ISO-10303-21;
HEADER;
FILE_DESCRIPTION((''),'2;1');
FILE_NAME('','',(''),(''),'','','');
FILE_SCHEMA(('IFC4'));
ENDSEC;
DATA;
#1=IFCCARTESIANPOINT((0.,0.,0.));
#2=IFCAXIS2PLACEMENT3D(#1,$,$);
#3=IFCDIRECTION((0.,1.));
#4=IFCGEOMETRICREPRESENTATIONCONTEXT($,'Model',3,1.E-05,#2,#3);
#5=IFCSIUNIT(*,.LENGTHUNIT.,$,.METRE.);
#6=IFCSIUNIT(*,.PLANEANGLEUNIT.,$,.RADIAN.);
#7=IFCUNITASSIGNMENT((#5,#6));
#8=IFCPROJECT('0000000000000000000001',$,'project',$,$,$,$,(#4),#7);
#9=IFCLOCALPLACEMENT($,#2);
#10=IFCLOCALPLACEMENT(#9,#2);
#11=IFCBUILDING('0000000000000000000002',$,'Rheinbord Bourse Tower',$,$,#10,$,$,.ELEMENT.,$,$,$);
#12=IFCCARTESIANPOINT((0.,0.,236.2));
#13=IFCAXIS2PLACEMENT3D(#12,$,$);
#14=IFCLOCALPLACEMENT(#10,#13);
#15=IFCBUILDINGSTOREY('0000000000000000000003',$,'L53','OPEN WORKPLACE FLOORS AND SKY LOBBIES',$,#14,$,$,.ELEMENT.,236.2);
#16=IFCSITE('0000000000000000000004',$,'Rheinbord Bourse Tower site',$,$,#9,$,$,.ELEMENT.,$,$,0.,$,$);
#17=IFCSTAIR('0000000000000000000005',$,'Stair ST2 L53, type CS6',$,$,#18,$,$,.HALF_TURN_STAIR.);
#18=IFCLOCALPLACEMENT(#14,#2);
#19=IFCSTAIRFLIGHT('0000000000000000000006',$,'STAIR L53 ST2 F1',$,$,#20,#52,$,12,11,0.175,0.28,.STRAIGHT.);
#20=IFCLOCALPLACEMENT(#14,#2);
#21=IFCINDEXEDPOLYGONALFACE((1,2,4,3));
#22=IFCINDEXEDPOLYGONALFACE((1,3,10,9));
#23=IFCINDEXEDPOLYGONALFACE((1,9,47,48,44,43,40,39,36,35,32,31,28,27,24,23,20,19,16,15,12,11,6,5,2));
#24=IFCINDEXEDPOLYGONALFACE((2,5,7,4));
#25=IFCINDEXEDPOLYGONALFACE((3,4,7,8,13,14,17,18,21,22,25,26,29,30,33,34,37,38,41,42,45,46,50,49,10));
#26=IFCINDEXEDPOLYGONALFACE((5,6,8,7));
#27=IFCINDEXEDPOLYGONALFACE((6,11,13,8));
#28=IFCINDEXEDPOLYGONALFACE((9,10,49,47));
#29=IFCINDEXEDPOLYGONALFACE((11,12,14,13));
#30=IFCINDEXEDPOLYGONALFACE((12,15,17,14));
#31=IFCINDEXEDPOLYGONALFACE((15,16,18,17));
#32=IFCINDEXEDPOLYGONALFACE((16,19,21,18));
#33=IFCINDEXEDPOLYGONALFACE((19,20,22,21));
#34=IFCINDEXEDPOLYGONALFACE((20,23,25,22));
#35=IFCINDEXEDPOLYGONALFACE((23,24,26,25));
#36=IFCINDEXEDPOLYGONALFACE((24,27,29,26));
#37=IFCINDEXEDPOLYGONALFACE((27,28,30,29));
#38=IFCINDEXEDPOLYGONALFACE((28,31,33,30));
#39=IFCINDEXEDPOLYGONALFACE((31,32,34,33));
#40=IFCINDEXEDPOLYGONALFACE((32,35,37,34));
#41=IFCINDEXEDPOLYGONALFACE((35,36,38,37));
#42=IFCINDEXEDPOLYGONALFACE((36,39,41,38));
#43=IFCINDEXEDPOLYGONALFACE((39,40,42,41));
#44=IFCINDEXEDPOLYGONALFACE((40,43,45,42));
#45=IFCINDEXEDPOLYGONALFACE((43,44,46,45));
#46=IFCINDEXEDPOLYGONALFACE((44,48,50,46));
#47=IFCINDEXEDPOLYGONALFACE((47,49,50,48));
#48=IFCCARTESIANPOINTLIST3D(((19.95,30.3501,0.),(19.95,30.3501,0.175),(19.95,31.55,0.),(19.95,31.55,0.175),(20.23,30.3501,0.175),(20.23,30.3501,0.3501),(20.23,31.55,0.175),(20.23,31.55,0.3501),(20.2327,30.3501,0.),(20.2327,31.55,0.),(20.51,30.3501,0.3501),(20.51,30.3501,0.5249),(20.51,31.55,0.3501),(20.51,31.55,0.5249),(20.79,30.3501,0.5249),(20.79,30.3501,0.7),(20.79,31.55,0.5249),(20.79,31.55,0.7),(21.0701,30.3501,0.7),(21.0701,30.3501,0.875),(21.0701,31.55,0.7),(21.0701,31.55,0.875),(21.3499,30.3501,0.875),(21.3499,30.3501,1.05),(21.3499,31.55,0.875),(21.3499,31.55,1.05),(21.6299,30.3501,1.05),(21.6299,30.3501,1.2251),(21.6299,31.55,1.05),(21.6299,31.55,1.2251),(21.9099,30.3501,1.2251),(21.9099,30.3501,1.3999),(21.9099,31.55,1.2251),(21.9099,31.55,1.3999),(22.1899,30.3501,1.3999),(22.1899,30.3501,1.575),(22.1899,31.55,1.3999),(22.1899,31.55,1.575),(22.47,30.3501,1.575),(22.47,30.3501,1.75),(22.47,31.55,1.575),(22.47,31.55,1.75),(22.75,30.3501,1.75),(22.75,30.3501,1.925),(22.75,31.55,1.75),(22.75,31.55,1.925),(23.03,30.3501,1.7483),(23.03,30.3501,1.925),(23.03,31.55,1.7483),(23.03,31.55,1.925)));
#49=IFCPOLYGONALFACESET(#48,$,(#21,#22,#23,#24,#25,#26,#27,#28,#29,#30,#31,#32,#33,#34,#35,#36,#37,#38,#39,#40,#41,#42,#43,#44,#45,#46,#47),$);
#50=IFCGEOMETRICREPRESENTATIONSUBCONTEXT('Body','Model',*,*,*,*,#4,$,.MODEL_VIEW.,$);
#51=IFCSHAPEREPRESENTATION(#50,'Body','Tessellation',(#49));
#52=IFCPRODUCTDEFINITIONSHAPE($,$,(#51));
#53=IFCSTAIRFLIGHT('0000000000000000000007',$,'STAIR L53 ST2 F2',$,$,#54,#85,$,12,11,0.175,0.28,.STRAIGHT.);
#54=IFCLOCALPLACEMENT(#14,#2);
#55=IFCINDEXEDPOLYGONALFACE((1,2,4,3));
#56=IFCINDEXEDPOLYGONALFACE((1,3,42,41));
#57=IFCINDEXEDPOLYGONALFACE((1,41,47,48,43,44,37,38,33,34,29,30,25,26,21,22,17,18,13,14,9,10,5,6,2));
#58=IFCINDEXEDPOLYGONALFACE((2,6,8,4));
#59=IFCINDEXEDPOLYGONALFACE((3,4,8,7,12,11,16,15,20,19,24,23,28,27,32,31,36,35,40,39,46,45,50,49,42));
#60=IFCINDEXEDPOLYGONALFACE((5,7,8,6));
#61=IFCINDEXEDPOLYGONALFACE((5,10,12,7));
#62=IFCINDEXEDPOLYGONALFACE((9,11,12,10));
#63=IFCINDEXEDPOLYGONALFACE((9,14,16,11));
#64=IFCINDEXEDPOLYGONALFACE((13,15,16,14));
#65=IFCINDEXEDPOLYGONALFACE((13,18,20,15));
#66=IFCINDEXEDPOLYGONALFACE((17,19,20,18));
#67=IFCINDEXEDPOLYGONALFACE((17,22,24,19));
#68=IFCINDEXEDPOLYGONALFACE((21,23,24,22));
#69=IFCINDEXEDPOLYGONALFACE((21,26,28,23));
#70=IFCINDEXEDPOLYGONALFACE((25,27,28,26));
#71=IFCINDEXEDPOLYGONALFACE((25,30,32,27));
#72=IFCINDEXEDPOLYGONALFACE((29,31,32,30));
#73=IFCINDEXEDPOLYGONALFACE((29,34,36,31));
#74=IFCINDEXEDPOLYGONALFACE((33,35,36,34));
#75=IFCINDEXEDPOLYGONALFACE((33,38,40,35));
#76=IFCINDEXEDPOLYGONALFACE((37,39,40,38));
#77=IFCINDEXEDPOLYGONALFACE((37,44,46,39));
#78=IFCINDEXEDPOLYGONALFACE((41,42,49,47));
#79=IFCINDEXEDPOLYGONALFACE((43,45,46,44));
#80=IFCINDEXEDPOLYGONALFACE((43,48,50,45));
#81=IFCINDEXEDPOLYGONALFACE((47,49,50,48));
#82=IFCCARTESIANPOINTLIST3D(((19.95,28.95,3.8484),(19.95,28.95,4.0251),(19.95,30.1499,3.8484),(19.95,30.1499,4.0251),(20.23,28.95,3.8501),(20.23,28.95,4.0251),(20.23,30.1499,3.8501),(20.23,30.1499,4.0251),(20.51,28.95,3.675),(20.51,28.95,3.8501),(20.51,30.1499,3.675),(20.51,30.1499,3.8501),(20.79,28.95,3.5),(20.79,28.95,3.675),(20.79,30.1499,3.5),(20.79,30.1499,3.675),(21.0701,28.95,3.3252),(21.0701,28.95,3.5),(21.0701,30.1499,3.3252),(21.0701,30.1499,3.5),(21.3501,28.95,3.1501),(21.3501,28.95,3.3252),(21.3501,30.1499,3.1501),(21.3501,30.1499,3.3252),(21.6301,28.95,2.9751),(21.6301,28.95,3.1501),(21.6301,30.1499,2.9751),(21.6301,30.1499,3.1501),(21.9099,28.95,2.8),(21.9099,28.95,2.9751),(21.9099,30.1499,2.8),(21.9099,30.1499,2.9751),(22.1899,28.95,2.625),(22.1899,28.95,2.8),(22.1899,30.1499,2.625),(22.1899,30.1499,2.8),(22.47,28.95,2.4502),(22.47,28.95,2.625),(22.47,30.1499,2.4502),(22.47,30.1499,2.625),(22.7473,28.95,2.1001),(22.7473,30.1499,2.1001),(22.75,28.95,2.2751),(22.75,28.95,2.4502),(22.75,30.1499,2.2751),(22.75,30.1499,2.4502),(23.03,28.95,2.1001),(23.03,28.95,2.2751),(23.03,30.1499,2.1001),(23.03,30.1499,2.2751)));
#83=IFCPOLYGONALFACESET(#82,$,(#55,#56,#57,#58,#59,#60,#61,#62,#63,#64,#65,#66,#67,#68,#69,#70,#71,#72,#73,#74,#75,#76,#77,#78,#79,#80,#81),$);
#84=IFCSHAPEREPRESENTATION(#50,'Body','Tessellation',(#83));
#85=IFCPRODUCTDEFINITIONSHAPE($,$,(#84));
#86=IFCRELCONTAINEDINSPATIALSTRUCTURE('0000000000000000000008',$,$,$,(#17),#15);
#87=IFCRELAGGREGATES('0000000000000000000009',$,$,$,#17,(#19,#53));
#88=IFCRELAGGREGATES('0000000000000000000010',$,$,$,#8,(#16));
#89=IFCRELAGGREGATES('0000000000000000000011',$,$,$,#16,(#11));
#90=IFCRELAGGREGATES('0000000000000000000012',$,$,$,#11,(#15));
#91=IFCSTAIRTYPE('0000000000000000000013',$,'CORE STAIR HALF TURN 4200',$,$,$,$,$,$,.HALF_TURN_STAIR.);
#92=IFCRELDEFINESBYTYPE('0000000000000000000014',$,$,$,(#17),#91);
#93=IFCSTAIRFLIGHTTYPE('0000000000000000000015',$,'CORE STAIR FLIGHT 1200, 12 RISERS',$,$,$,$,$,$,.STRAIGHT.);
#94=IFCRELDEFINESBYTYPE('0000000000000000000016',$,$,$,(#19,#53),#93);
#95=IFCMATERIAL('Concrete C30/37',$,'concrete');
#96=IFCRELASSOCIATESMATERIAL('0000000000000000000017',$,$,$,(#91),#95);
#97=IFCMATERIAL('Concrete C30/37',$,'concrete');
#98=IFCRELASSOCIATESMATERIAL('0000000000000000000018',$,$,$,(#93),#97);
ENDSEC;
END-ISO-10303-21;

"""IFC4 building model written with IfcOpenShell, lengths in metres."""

from ifc_helpers import new_model, si_unit, direction, frame, origin, place, context, subcontext, project, spatial, polyline, outline, extrude, material, type_object, element, aggregate, save


model = new_model("IFC4")

# Units and contexts
model_context = context("Model", 3, precision=1e-05, world=origin(), true_north=direction((0.0, 1.0)))
body_context = subcontext(model_context, "Body", "Model", "MODEL_VIEW")
ifc_project = project(units=[si_unit("LENGTHUNIT", "METRE"), si_unit("PLANEANGLEUNIT", "RADIAN")], contexts=[model_context])

# Site, building, storey
site_placement = place(None, origin())
site = spatial("IfcSite", under=ifc_project, at=site_placement, Name="Rheinbord Bourse Tower site", CompositionType="ELEMENT", RefElevation=0.0)
building_placement = place(site_placement, origin())
building = spatial("IfcBuilding", under=site, at=building_placement, Name="Rheinbord Bourse Tower", CompositionType="ELEMENT")
storey_placement = place(building_placement, frame((0.0, 0.0, 236.2)))
storey = spatial("IfcBuildingStorey", under=building, at=storey_placement, Name="L53", Description="OPEN WORKPLACE FLOORS AND SKY LOBBIES", CompositionType="ELEMENT", Elevation=236.2)

# Stair, stair flights
ifc_material_1 = material(Name="Concrete C30/37", Category="concrete")
stair_type = type_object("IfcStairType", Name="CORE STAIR HALF TURN 4200", PredefinedType="HALF_TURN_STAIR", material=ifc_material_1)
stair_placement = place(storey_placement, origin())
stair = element("IfcStair", 1, at=stair_placement, inside=storey, type_object=stair_type, Name="Stair ST2 L53, type CS6", PredefinedType="HALF_TURN_STAIR")
ifc_material_2 = material(Name="Concrete C30/37", Category="concrete")
stair_flight_type = type_object("IfcStairFlightType", Name="CORE STAIR FLIGHT 1200, 12 RISERS", PredefinedType="STRAIGHT", material=ifc_material_2)
stair_flight_1_placement = place(storey_placement, frame((19.95, 30.95, 0.0), z_axis=(0.0, 0.0, 1.0), x_axis=(1.0, 0.0, 0.0)))
stair_flight_1 = element("IfcStairFlight", 2, at=stair_flight_1_placement, type_object=stair_flight_type, Name="STAIR L53 ST2 F1", NumberOfRisers=12, NumberOfTreads=11, PredefinedType="STRAIGHT", RiserHeight=0.175, TreadLength=0.28, context=body_context, shape_type="SweptSolid", body=[
    extrude(outline(polyline([(0.0, 0.0), (0.0, 0.175), (0.28, 0.175), (0.28, 0.3501), (0.5601, 0.3501), (0.5601, 0.5249), (0.8401, 0.5249), (0.8401, 0.7), (1.1201, 0.7), (1.1201, 0.875), (1.3999, 0.875), (1.3999, 1.05), (1.6799, 1.05), (1.6799, 1.2251), (1.96, 1.2251), (1.96, 1.3999), (2.24, 1.3999), (2.24, 1.575), (2.52, 1.575), (2.52, 1.75), (2.8, 1.75), (2.8, 1.925), (3.0801, 1.925), (3.0801, 2.1001), (3.0801, 1.7483), (0.2827, 0.0), (0.0, 0.0)])), frame((0.0, 0.6001, 0.0), z_axis=(0.0, -1.0, 0.0), x_axis=(1.0, 0.0, 0.0)), (0.0, 0.0, 1.0), 1.2),
])
stair_flight_2_placement = place(storey_placement, frame((23.03, 29.55, 2.1001), z_axis=(0.0, 0.0, 1.0), x_axis=(-1.0, 0.0, 0.0)))
stair_flight_2 = element("IfcStairFlight", 3, at=stair_flight_2_placement, type_object=stair_flight_type, Name="STAIR L53 ST2 F2", NumberOfRisers=12, NumberOfTreads=11, PredefinedType="STRAIGHT", RiserHeight=0.175, TreadLength=0.28, context=body_context, shape_type="SweptSolid", body=[
    extrude(outline(polyline([(0.0, 0.0), (0.0, 0.175), (0.28, 0.175), (0.28, 0.3501), (0.5601, 0.3501), (0.5601, 0.5249), (0.8401, 0.5249), (0.8401, 0.7), (1.1201, 0.7), (1.1201, 0.875), (1.3999, 0.875), (1.3999, 1.05), (1.6799, 1.05), (1.6799, 1.2251), (1.96, 1.2251), (1.96, 1.3999), (2.24, 1.3999), (2.24, 1.575), (2.52, 1.575), (2.52, 1.75), (2.8, 1.75), (2.8, 1.925), (3.0801, 1.925), (3.0801, 2.1001), (3.0801, 1.7483), (0.2827, 0.0), (0.0, 0.0)])), frame((0.0, 0.6001, 0.0), z_axis=(0.0, -1.0, 0.0), x_axis=(1.0, 0.0, 0.0)), (0.0, 0.0, 1.0), 1.2),
])
aggregate(stair, [stair_flight_1, stair_flight_2])

save(model, "model.ifc")
